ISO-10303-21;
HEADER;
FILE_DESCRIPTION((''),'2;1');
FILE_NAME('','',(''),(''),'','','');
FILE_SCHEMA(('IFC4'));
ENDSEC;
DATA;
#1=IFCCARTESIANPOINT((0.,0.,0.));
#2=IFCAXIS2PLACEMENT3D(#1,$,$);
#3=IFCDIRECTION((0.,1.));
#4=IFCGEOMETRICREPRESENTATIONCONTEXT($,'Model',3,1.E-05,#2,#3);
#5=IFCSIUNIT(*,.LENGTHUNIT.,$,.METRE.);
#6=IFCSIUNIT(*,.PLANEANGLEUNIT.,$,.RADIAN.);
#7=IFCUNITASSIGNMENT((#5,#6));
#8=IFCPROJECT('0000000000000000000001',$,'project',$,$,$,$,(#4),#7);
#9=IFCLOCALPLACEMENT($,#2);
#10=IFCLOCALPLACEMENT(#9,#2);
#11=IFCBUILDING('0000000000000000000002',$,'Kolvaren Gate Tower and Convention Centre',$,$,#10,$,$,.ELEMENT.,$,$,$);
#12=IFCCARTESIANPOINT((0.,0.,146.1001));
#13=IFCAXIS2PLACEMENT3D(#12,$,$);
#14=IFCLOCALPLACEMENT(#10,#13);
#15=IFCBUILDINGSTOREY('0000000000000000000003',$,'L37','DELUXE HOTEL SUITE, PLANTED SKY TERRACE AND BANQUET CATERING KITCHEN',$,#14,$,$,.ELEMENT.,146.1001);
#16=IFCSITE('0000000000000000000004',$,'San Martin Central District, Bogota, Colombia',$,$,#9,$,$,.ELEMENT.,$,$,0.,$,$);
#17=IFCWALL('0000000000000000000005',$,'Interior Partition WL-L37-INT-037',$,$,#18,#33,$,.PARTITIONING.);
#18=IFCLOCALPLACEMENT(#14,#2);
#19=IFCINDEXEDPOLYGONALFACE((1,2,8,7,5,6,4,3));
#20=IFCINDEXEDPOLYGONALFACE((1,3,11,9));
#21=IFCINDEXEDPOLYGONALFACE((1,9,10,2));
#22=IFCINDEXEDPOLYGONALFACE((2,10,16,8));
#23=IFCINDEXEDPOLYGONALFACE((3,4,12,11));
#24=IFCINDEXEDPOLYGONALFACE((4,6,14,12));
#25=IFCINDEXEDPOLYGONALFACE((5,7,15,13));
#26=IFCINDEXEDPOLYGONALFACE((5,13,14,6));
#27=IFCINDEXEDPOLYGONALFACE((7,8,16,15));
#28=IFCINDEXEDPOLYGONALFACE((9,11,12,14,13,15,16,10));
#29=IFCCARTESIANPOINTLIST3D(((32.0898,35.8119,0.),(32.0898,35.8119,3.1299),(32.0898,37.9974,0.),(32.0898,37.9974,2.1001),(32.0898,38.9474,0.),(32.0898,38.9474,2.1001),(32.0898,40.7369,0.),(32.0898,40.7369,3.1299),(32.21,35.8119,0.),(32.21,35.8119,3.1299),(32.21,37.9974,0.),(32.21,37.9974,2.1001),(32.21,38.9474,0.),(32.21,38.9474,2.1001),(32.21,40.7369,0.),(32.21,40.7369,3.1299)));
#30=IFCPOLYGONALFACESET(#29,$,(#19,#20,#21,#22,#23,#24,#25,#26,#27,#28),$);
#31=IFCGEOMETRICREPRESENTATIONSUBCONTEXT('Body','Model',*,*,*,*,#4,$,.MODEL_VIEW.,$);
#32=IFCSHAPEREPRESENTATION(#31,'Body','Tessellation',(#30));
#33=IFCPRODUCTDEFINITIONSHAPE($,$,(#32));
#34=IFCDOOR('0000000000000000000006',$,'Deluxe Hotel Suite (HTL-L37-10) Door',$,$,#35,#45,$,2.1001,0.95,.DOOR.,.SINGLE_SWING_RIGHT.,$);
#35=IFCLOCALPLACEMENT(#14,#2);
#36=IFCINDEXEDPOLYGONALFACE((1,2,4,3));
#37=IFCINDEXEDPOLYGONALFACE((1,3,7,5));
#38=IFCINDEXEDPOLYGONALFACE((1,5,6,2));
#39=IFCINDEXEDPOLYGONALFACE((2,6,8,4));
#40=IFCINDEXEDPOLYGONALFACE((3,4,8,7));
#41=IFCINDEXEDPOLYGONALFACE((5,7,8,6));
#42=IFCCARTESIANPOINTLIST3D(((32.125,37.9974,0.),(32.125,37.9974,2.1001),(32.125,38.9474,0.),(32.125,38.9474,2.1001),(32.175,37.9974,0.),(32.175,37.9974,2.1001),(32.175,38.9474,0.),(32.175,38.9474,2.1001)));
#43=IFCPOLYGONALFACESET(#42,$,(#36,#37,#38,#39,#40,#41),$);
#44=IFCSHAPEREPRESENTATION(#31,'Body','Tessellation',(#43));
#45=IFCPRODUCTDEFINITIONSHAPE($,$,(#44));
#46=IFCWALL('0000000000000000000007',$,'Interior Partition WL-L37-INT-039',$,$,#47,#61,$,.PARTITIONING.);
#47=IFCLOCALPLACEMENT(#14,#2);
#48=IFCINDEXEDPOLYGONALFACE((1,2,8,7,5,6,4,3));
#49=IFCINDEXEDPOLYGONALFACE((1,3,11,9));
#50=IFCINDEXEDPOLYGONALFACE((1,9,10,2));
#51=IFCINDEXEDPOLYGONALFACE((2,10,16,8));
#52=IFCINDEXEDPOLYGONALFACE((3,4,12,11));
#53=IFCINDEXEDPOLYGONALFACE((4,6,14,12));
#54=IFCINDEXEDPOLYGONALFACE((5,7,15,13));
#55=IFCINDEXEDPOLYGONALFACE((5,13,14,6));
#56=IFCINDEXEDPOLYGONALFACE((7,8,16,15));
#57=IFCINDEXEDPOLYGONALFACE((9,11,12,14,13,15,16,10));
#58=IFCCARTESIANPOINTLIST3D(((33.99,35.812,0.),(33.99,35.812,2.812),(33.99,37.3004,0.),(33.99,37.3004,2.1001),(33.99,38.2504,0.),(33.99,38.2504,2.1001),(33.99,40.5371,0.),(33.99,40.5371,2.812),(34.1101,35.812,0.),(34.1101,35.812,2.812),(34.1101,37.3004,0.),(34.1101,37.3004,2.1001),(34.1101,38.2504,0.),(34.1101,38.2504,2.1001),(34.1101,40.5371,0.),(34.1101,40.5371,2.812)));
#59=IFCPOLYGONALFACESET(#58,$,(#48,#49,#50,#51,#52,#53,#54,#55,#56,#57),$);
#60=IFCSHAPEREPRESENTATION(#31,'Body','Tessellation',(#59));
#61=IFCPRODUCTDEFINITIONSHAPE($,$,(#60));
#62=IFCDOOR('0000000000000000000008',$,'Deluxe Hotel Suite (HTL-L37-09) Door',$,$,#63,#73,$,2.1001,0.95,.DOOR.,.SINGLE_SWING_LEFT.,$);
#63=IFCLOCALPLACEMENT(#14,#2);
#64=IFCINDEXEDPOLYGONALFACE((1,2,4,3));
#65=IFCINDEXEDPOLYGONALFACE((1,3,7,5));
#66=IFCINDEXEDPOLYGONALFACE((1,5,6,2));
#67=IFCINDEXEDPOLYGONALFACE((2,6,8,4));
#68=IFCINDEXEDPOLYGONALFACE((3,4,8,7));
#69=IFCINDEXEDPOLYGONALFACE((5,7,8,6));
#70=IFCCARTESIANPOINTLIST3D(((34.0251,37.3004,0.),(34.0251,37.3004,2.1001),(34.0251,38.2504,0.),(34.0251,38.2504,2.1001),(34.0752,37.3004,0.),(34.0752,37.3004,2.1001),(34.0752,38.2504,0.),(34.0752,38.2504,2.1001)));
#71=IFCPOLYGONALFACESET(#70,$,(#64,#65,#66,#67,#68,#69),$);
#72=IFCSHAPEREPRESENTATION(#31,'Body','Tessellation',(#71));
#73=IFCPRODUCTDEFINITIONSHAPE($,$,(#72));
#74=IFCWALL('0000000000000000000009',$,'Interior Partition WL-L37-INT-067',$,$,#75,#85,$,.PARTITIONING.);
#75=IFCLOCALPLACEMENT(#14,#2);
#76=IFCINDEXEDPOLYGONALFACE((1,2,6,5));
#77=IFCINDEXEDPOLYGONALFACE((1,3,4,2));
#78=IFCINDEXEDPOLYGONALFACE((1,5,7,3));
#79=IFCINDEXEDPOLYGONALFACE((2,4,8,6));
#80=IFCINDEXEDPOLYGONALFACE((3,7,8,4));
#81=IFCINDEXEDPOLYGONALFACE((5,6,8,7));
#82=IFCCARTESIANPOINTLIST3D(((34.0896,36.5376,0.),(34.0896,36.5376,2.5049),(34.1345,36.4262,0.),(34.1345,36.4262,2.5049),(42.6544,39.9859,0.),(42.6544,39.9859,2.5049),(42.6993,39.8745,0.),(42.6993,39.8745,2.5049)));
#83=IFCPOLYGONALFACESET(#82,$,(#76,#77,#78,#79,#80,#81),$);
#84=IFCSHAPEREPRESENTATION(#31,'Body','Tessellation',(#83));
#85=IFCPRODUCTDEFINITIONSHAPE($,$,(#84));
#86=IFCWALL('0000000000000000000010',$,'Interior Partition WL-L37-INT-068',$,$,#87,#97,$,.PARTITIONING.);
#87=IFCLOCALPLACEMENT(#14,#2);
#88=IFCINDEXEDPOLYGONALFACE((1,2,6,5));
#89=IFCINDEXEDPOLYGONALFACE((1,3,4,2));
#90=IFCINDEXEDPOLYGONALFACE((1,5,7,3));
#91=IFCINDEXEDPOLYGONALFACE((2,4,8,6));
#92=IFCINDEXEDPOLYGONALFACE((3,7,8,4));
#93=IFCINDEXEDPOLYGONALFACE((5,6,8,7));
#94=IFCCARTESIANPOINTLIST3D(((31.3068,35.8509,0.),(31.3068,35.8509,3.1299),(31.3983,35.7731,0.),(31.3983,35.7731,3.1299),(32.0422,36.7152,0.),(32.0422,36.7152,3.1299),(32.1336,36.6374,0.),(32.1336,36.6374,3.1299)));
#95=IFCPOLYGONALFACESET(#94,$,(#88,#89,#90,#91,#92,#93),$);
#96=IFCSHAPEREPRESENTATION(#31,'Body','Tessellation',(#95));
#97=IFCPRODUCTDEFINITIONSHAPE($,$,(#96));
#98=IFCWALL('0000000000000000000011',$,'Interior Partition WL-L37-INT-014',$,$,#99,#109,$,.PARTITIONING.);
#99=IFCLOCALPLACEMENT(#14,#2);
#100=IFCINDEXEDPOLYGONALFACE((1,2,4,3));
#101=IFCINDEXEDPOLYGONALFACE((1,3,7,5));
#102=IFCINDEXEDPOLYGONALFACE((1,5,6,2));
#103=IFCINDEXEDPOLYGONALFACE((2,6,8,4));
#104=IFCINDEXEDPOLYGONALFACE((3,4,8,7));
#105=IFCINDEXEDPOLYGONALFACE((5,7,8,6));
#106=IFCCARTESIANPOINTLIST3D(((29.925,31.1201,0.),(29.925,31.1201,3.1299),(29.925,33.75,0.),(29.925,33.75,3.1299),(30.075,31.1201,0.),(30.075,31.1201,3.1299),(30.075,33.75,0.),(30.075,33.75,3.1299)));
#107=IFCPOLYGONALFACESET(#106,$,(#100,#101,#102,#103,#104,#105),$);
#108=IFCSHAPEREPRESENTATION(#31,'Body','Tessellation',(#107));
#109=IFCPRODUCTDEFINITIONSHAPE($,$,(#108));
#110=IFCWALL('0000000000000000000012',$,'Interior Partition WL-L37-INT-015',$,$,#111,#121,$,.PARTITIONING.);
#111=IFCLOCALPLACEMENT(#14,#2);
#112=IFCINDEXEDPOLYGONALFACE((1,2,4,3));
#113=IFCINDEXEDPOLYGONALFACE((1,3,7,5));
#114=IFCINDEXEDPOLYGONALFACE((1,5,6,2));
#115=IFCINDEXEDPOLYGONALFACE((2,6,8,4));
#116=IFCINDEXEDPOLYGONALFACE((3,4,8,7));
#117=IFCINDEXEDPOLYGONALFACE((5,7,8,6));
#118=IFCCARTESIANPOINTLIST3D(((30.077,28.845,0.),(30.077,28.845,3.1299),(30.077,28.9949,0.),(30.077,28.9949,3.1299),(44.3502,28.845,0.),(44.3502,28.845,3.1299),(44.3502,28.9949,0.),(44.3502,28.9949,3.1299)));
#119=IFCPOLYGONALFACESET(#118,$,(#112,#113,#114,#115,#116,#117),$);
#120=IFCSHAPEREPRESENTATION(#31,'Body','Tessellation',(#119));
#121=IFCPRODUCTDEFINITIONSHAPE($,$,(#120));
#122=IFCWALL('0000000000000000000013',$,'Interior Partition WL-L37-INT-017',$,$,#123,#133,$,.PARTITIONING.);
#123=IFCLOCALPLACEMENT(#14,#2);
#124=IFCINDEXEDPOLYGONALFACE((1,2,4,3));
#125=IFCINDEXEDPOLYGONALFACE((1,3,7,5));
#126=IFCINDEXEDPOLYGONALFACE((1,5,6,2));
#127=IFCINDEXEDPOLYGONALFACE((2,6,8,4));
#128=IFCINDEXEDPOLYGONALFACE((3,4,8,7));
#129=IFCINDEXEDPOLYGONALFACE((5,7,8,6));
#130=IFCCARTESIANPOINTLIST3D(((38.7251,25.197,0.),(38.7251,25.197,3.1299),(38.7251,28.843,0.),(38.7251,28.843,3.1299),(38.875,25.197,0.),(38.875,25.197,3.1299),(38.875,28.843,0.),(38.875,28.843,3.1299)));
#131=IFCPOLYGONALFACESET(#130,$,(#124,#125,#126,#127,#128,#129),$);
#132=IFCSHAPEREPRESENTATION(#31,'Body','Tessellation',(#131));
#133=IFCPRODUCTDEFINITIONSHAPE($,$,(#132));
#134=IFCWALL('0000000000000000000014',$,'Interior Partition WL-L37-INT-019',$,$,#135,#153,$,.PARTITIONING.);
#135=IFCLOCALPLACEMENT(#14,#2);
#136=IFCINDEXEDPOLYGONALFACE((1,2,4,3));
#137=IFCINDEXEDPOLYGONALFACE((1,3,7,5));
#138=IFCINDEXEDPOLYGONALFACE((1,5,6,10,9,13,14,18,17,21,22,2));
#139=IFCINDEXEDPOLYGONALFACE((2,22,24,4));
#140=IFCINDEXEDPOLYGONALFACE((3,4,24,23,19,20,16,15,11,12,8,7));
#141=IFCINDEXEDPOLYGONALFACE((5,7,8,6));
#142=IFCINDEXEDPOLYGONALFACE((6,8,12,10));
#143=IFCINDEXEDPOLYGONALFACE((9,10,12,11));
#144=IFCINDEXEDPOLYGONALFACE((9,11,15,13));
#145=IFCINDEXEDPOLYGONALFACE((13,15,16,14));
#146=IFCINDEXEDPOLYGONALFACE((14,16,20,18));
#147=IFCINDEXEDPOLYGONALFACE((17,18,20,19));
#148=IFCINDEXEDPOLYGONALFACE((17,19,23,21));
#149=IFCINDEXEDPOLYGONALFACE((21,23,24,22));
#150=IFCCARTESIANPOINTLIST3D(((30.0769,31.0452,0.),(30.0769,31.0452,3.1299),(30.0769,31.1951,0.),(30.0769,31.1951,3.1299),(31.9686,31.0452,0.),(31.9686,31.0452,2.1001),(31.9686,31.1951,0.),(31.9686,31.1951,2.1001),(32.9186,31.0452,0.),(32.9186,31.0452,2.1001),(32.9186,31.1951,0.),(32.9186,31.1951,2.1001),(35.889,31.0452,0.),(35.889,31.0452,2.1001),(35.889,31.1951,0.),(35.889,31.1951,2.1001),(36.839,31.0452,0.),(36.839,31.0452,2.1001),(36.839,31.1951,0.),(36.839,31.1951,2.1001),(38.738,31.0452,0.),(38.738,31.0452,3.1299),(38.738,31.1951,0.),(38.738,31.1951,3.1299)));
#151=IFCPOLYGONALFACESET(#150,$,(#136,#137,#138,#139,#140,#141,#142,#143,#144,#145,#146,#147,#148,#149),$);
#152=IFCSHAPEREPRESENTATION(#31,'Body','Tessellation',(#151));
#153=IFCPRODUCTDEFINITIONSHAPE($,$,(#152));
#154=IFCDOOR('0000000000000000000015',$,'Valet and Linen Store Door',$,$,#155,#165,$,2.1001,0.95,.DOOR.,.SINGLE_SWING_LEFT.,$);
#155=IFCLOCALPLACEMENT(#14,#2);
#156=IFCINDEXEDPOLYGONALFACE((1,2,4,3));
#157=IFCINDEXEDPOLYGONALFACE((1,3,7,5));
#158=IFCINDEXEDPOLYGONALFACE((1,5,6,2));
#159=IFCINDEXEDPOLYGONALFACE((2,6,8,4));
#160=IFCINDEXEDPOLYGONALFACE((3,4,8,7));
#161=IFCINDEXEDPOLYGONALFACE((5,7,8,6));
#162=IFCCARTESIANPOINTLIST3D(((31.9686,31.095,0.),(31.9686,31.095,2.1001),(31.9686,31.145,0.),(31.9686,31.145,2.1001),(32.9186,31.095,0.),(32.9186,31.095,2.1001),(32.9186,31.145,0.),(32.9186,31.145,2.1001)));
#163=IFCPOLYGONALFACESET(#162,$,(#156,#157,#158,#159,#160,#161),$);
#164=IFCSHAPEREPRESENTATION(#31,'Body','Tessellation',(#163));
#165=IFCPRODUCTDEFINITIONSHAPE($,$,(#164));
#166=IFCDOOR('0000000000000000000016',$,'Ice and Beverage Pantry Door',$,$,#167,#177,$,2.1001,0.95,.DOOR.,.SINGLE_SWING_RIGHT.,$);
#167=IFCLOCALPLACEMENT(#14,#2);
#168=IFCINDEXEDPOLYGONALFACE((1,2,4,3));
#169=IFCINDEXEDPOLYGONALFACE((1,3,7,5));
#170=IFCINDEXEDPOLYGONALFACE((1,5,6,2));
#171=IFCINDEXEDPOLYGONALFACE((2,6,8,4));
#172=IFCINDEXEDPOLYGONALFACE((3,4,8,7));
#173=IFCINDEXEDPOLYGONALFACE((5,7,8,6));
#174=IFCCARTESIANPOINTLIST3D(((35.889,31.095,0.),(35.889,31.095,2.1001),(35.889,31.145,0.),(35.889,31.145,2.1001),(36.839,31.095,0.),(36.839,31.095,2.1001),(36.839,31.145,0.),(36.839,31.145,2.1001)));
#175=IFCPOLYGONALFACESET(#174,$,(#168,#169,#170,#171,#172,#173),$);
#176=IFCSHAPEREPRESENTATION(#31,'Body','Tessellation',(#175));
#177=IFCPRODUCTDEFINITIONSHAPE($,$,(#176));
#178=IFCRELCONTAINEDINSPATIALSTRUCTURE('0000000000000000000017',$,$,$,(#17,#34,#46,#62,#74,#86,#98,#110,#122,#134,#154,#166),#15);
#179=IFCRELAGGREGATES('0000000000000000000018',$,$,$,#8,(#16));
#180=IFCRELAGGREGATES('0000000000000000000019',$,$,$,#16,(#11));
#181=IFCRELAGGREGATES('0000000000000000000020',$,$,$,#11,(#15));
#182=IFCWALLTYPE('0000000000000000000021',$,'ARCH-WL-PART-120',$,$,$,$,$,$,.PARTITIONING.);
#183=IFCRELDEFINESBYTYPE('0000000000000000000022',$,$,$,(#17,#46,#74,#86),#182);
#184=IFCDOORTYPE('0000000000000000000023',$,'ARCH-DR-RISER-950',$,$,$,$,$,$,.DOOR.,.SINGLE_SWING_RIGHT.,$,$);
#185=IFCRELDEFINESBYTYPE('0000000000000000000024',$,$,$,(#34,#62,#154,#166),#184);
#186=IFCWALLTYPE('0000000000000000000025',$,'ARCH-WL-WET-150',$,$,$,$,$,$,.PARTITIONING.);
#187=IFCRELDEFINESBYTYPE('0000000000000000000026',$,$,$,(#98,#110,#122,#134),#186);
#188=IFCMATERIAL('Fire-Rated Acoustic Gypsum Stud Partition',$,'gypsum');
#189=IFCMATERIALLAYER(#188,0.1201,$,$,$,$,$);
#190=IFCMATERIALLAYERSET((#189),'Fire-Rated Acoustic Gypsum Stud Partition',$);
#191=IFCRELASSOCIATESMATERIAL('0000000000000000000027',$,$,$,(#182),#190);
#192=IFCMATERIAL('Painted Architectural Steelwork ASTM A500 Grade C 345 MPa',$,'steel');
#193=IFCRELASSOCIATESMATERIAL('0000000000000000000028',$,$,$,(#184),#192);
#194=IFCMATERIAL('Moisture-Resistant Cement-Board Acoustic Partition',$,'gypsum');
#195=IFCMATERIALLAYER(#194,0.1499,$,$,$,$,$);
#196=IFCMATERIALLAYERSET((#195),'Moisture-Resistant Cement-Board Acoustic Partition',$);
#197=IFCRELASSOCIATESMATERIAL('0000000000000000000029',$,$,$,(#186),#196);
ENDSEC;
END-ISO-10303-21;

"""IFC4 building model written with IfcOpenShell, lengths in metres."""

from ifc_helpers import new_model, si_unit, direction, frame, frame_2d, origin, place, context, subcontext, project, spatial, rectangle, extrude, material, layer, layer_set, type_object, element, fill, save


model = new_model("IFC4")

# Units and contexts
model_context = context("Model", 3, precision=1e-05, world=origin(), true_north=direction((0.0, 1.0)))
body_context = subcontext(model_context, "Body", "Model", "MODEL_VIEW")
ifc_project = project(units=[si_unit("LENGTHUNIT", "METRE"), si_unit("PLANEANGLEUNIT", "RADIAN")], contexts=[model_context])

# Site, building, storey
site_placement = place(None, origin())
site = spatial("IfcSite", under=ifc_project, at=site_placement, Name="San Martin Central District, Bogota, Colombia", CompositionType="ELEMENT", RefElevation=0.0)
building_placement = place(site_placement, origin())
building = spatial("IfcBuilding", under=site, at=building_placement, Name="Kolvaren Gate Tower and Convention Centre", CompositionType="ELEMENT")
storey_placement = place(building_placement, frame((0.0, 0.0, 146.1001)))
storey = spatial("IfcBuildingStorey", under=building, at=storey_placement, Name="L37", Description="DELUXE HOTEL SUITE, PLANTED SKY TERRACE AND BANQUET CATERING KITCHEN", CompositionType="ELEMENT", Elevation=146.1001)

# Shared definitions
ifc_material_1 = material(Name="Fire-Rated Acoustic Gypsum Stud Partition", Category="gypsum")
ifc_layer_1 = layer(ifc_material_1, 0.1201)
ifc_layer_set_1 = layer_set([ifc_layer_1], Name="Fire-Rated Acoustic Gypsum Stud Partition")
wall_type_1 = type_object("IfcWallType", Name="ARCH-WL-PART-120", PredefinedType="PARTITIONING", material=ifc_layer_set_1)

# Walls, openings, doors
ifc_material_2 = material(Name="Painted Architectural Steelwork ASTM A500 Grade C 345 MPa", Category="steel")
door_type = type_object("IfcDoorType", Name="ARCH-DR-RISER-950", OperationType="SINGLE_SWING_RIGHT", PredefinedType="DOOR", material=ifc_material_2)
wall_1_placement = place(storey_placement, frame((32.1499, 35.812, 0.0), z_axis=(0.0, 0.0, 1.0), x_axis=(0.0, 1.0, 0.0)))
wall_1 = element("IfcWall", 1, at=wall_1_placement, inside=storey, type_object=wall_type_1, Name="Interior Partition WL-L37-INT-037", PredefinedType="PARTITIONING", context=body_context, shape_type="SweptSolid", body=[
    extrude(rectangle(XDim=4.925, YDim=0.1201, at=frame_2d((2.4624, 0.0))), origin(), (0.0, 0.0, 1.0), 3.1299),
])
opening_1_placement = place(wall_1_placement, frame((2.1853, 0.0, 0.0)))
opening_1 = element("IfcOpeningElement", 2, at=opening_1_placement, cuts=wall_1, PredefinedType="OPENING", context=body_context, shape_type="SweptSolid", body=[
    extrude(rectangle(XDim=0.95, YDim=2.1001, at=frame_2d((0.4751, 1.05))), frame((0.0, 0.0701, 0.0), z_axis=(0.0, -1.0, 0.0), x_axis=(1.0, 0.0, 0.0)), (0.0, 0.0, 1.0), 0.1401),
])
door_1_placement = place(opening_1_placement, origin())
door_1 = element("IfcDoor", 3, at=door_1_placement, inside=storey, type_object=door_type, Name="Deluxe Hotel Suite (HTL-L37-10) Door", OperationType="SINGLE_SWING_RIGHT", OverallHeight=2.1001, OverallWidth=0.95, PredefinedType="DOOR", context=body_context, shape_type="SweptSolid", body=[
    extrude(rectangle(XDim=0.95, YDim=2.1001, at=frame_2d((0.4751, 1.05))), frame((0.0, 0.0249, 0.0), z_axis=(0.0, -1.0, 0.0), x_axis=(1.0, 0.0, 0.0)), (0.0, 0.0, 1.0), 0.05),
])
fill(opening_1, door_1)
wall_2_placement = place(storey_placement, frame((34.05, 35.812, 0.0), z_axis=(0.0, 0.0, 1.0), x_axis=(0.0, 1.0, 0.0)))
wall_2 = element("IfcWall", 4, at=wall_2_placement, inside=storey, type_object=wall_type_1, Name="Interior Partition WL-L37-INT-039", PredefinedType="PARTITIONING", context=body_context, shape_type="SweptSolid", body=[
    extrude(rectangle(XDim=4.7251, YDim=0.1201, at=frame_2d((2.3625, 0.0))), origin(), (0.0, 0.0, 1.0), 2.812),
])
opening_2_placement = place(wall_2_placement, frame((1.4883, 0.0, 0.0)))
opening_2 = element("IfcOpeningElement", 5, at=opening_2_placement, cuts=wall_2, PredefinedType="OPENING", context=body_context, shape_type="SweptSolid", body=[
    extrude(rectangle(XDim=0.95, YDim=2.1001, at=frame_2d((0.4751, 1.05))), frame((0.0, 0.0701, 0.0), z_axis=(0.0, -1.0, 0.0), x_axis=(1.0, 0.0, 0.0)), (0.0, 0.0, 1.0), 0.1401),
])
door_2_placement = place(opening_2_placement, origin())
door_2 = element("IfcDoor", 6, at=door_2_placement, inside=storey, type_object=door_type, Name="Deluxe Hotel Suite (HTL-L37-09) Door", OperationType="SINGLE_SWING_LEFT", OverallHeight=2.1001, OverallWidth=0.95, PredefinedType="DOOR", context=body_context, shape_type="SweptSolid", body=[
    extrude(rectangle(XDim=0.95, YDim=2.1001, at=frame_2d((0.4751, 1.05))), frame((0.0, 0.0249, 0.0), z_axis=(0.0, -1.0, 0.0), x_axis=(1.0, 0.0, 0.0)), (0.0, 0.0, 1.0), 0.05),
])
fill(opening_2, door_2)

# Walls
wall_3_placement = place(storey_placement, frame((34.1121, 36.4819, 0.0), z_axis=(0.0, 0.0, 1.0), x_axis=(0.927639, 0.373478, 0.0)))
element("IfcWall", 7, at=wall_3_placement, inside=storey, type_object=wall_type_1, Name="Interior Partition WL-L37-INT-067", PredefinedType="PARTITIONING", context=body_context, shape_type="SweptSolid", body=[
    extrude(rectangle(XDim=9.2329, YDim=0.1201, at=frame_2d((4.6165, 0.0))), origin(), (0.0, 0.0, 1.0), 2.5049),
])
wall_4_placement = place(storey_placement, frame((31.3525, 35.812, 0.0), z_axis=(0.0, 0.0, 1.0), x_axis=(0.648023, 0.761621, 0.0)))
element("IfcWall", 8, at=wall_4_placement, inside=storey, type_object=wall_type_1, Name="Interior Partition WL-L37-INT-068", PredefinedType="PARTITIONING", context=body_context, shape_type="SweptSolid", body=[
    extrude(rectangle(XDim=1.1348, YDim=0.1201, at=frame_2d((0.5674, 0.0))), origin(), (0.0, 0.0, 1.0), 3.1299),
])
ifc_material_3 = material(Name="Moisture-Resistant Cement-Board Acoustic Partition", Category="gypsum")
ifc_layer_2 = layer(ifc_material_3, 0.1499)
ifc_layer_set_2 = layer_set([ifc_layer_2], Name="Moisture-Resistant Cement-Board Acoustic Partition")
wall_type_2 = type_object("IfcWallType", Name="ARCH-WL-WET-150", PredefinedType="PARTITIONING", material=ifc_layer_set_2)
wall_5_placement = place(storey_placement, frame((30.0, 31.1201, 0.0), z_axis=(0.0, 0.0, 1.0), x_axis=(0.0, 1.0, 0.0)))
element("IfcWall", 9, at=wall_5_placement, inside=storey, type_object=wall_type_2, Name="Interior Partition WL-L37-INT-014", PredefinedType="PARTITIONING", context=body_context, shape_type="SweptSolid", body=[
    extrude(rectangle(XDim=2.6299, YDim=0.1499, at=frame_2d((1.3149, 0.0))), origin(), (0.0, 0.0, 1.0), 3.1299),
])
wall_6_placement = place(storey_placement, frame((30.0769, 28.9199, 0.0), z_axis=(0.0, 0.0, 1.0), x_axis=(1.0, 0.0, 0.0)))
element("IfcWall", 10, at=wall_6_placement, inside=storey, type_object=wall_type_2, Name="Interior Partition WL-L37-INT-015", PredefinedType="PARTITIONING", context=body_context, shape_type="SweptSolid", body=[
    extrude(rectangle(XDim=14.2732, YDim=0.1499, at=frame_2d((7.1367, 0.0))), origin(), (0.0, 0.0, 1.0), 3.1299),
])
wall_7_placement = place(storey_placement, frame((38.8, 25.197, 0.0), z_axis=(0.0, 0.0, 1.0), x_axis=(0.0, 1.0, 0.0)))
element("IfcWall", 11, at=wall_7_placement, inside=storey, type_object=wall_type_2, Name="Interior Partition WL-L37-INT-017", PredefinedType="PARTITIONING", context=body_context, shape_type="SweptSolid", body=[
    extrude(rectangle(XDim=3.646, YDim=0.1499, at=frame_2d((1.823, 0.0))), origin(), (0.0, 0.0, 1.0), 3.1299),
])

# Wall, openings, doors
wall_8_placement = place(storey_placement, frame((30.0769, 31.1201, 0.0), z_axis=(0.0, 0.0, 1.0), x_axis=(1.0, 0.0, 0.0)))
wall_8 = element("IfcWall", 12, at=wall_8_placement, inside=storey, type_object=wall_type_2, Name="Interior Partition WL-L37-INT-019", PredefinedType="PARTITIONING", context=body_context, shape_type="SweptSolid", body=[
    extrude(rectangle(XDim=8.6611, YDim=0.1499, at=frame_2d((4.3306, 0.0))), origin(), (0.0, 0.0, 1.0), 3.1299),
])
opening_3_placement = place(wall_8_placement, frame((1.8916, 0.0, 0.0)))
opening_3 = element("IfcOpeningElement", 13, at=opening_3_placement, cuts=wall_8, PredefinedType="OPENING", context=body_context, shape_type="SweptSolid", body=[
    extrude(rectangle(XDim=0.95, YDim=2.1001, at=frame_2d((0.4751, 1.05))), frame((0.0, 0.085, 0.0), z_axis=(0.0, -1.0, 0.0), x_axis=(1.0, 0.0, 0.0)), (0.0, 0.0, 1.0), 0.1699),
])
opening_4_placement = place(wall_8_placement, frame((5.812, 0.0, 0.0)))
opening_4 = element("IfcOpeningElement", 14, at=opening_4_placement, cuts=wall_8, PredefinedType="OPENING", context=body_context, shape_type="SweptSolid", body=[
    extrude(rectangle(XDim=0.95, YDim=2.1001, at=frame_2d((0.4751, 1.05))), frame((0.0, 0.085, 0.0), z_axis=(0.0, -1.0, 0.0), x_axis=(1.0, 0.0, 0.0)), (0.0, 0.0, 1.0), 0.1699),
])
door_3_placement = place(opening_3_placement, origin())
door_3 = element("IfcDoor", 15, at=door_3_placement, inside=storey, type_object=door_type, Name="Valet and Linen Store Door", OperationType="SINGLE_SWING_LEFT", OverallHeight=2.1001, OverallWidth=0.95, PredefinedType="DOOR", context=body_context, shape_type="SweptSolid", body=[
    extrude(rectangle(XDim=0.95, YDim=2.1001, at=frame_2d((0.4751, 1.05))), frame((0.0, 0.0249, 0.0), z_axis=(0.0, -1.0, 0.0), x_axis=(1.0, 0.0, 0.0)), (0.0, 0.0, 1.0), 0.05),
])
fill(opening_3, door_3)
door_4_placement = place(opening_4_placement, origin())
door_4 = element("IfcDoor", 16, at=door_4_placement, inside=storey, type_object=door_type, Name="Ice and Beverage Pantry Door", OperationType="SINGLE_SWING_RIGHT", OverallHeight=2.1001, OverallWidth=0.95, PredefinedType="DOOR", context=body_context, shape_type="SweptSolid", body=[
    extrude(rectangle(XDim=0.95, YDim=2.1001, at=frame_2d((0.4751, 1.05))), frame((0.0, 0.0249, 0.0), z_axis=(0.0, -1.0, 0.0), x_axis=(1.0, 0.0, 0.0)), (0.0, 0.0, 1.0), 0.05),
])
fill(opening_4, door_4)

save(model, "model.ifc")
